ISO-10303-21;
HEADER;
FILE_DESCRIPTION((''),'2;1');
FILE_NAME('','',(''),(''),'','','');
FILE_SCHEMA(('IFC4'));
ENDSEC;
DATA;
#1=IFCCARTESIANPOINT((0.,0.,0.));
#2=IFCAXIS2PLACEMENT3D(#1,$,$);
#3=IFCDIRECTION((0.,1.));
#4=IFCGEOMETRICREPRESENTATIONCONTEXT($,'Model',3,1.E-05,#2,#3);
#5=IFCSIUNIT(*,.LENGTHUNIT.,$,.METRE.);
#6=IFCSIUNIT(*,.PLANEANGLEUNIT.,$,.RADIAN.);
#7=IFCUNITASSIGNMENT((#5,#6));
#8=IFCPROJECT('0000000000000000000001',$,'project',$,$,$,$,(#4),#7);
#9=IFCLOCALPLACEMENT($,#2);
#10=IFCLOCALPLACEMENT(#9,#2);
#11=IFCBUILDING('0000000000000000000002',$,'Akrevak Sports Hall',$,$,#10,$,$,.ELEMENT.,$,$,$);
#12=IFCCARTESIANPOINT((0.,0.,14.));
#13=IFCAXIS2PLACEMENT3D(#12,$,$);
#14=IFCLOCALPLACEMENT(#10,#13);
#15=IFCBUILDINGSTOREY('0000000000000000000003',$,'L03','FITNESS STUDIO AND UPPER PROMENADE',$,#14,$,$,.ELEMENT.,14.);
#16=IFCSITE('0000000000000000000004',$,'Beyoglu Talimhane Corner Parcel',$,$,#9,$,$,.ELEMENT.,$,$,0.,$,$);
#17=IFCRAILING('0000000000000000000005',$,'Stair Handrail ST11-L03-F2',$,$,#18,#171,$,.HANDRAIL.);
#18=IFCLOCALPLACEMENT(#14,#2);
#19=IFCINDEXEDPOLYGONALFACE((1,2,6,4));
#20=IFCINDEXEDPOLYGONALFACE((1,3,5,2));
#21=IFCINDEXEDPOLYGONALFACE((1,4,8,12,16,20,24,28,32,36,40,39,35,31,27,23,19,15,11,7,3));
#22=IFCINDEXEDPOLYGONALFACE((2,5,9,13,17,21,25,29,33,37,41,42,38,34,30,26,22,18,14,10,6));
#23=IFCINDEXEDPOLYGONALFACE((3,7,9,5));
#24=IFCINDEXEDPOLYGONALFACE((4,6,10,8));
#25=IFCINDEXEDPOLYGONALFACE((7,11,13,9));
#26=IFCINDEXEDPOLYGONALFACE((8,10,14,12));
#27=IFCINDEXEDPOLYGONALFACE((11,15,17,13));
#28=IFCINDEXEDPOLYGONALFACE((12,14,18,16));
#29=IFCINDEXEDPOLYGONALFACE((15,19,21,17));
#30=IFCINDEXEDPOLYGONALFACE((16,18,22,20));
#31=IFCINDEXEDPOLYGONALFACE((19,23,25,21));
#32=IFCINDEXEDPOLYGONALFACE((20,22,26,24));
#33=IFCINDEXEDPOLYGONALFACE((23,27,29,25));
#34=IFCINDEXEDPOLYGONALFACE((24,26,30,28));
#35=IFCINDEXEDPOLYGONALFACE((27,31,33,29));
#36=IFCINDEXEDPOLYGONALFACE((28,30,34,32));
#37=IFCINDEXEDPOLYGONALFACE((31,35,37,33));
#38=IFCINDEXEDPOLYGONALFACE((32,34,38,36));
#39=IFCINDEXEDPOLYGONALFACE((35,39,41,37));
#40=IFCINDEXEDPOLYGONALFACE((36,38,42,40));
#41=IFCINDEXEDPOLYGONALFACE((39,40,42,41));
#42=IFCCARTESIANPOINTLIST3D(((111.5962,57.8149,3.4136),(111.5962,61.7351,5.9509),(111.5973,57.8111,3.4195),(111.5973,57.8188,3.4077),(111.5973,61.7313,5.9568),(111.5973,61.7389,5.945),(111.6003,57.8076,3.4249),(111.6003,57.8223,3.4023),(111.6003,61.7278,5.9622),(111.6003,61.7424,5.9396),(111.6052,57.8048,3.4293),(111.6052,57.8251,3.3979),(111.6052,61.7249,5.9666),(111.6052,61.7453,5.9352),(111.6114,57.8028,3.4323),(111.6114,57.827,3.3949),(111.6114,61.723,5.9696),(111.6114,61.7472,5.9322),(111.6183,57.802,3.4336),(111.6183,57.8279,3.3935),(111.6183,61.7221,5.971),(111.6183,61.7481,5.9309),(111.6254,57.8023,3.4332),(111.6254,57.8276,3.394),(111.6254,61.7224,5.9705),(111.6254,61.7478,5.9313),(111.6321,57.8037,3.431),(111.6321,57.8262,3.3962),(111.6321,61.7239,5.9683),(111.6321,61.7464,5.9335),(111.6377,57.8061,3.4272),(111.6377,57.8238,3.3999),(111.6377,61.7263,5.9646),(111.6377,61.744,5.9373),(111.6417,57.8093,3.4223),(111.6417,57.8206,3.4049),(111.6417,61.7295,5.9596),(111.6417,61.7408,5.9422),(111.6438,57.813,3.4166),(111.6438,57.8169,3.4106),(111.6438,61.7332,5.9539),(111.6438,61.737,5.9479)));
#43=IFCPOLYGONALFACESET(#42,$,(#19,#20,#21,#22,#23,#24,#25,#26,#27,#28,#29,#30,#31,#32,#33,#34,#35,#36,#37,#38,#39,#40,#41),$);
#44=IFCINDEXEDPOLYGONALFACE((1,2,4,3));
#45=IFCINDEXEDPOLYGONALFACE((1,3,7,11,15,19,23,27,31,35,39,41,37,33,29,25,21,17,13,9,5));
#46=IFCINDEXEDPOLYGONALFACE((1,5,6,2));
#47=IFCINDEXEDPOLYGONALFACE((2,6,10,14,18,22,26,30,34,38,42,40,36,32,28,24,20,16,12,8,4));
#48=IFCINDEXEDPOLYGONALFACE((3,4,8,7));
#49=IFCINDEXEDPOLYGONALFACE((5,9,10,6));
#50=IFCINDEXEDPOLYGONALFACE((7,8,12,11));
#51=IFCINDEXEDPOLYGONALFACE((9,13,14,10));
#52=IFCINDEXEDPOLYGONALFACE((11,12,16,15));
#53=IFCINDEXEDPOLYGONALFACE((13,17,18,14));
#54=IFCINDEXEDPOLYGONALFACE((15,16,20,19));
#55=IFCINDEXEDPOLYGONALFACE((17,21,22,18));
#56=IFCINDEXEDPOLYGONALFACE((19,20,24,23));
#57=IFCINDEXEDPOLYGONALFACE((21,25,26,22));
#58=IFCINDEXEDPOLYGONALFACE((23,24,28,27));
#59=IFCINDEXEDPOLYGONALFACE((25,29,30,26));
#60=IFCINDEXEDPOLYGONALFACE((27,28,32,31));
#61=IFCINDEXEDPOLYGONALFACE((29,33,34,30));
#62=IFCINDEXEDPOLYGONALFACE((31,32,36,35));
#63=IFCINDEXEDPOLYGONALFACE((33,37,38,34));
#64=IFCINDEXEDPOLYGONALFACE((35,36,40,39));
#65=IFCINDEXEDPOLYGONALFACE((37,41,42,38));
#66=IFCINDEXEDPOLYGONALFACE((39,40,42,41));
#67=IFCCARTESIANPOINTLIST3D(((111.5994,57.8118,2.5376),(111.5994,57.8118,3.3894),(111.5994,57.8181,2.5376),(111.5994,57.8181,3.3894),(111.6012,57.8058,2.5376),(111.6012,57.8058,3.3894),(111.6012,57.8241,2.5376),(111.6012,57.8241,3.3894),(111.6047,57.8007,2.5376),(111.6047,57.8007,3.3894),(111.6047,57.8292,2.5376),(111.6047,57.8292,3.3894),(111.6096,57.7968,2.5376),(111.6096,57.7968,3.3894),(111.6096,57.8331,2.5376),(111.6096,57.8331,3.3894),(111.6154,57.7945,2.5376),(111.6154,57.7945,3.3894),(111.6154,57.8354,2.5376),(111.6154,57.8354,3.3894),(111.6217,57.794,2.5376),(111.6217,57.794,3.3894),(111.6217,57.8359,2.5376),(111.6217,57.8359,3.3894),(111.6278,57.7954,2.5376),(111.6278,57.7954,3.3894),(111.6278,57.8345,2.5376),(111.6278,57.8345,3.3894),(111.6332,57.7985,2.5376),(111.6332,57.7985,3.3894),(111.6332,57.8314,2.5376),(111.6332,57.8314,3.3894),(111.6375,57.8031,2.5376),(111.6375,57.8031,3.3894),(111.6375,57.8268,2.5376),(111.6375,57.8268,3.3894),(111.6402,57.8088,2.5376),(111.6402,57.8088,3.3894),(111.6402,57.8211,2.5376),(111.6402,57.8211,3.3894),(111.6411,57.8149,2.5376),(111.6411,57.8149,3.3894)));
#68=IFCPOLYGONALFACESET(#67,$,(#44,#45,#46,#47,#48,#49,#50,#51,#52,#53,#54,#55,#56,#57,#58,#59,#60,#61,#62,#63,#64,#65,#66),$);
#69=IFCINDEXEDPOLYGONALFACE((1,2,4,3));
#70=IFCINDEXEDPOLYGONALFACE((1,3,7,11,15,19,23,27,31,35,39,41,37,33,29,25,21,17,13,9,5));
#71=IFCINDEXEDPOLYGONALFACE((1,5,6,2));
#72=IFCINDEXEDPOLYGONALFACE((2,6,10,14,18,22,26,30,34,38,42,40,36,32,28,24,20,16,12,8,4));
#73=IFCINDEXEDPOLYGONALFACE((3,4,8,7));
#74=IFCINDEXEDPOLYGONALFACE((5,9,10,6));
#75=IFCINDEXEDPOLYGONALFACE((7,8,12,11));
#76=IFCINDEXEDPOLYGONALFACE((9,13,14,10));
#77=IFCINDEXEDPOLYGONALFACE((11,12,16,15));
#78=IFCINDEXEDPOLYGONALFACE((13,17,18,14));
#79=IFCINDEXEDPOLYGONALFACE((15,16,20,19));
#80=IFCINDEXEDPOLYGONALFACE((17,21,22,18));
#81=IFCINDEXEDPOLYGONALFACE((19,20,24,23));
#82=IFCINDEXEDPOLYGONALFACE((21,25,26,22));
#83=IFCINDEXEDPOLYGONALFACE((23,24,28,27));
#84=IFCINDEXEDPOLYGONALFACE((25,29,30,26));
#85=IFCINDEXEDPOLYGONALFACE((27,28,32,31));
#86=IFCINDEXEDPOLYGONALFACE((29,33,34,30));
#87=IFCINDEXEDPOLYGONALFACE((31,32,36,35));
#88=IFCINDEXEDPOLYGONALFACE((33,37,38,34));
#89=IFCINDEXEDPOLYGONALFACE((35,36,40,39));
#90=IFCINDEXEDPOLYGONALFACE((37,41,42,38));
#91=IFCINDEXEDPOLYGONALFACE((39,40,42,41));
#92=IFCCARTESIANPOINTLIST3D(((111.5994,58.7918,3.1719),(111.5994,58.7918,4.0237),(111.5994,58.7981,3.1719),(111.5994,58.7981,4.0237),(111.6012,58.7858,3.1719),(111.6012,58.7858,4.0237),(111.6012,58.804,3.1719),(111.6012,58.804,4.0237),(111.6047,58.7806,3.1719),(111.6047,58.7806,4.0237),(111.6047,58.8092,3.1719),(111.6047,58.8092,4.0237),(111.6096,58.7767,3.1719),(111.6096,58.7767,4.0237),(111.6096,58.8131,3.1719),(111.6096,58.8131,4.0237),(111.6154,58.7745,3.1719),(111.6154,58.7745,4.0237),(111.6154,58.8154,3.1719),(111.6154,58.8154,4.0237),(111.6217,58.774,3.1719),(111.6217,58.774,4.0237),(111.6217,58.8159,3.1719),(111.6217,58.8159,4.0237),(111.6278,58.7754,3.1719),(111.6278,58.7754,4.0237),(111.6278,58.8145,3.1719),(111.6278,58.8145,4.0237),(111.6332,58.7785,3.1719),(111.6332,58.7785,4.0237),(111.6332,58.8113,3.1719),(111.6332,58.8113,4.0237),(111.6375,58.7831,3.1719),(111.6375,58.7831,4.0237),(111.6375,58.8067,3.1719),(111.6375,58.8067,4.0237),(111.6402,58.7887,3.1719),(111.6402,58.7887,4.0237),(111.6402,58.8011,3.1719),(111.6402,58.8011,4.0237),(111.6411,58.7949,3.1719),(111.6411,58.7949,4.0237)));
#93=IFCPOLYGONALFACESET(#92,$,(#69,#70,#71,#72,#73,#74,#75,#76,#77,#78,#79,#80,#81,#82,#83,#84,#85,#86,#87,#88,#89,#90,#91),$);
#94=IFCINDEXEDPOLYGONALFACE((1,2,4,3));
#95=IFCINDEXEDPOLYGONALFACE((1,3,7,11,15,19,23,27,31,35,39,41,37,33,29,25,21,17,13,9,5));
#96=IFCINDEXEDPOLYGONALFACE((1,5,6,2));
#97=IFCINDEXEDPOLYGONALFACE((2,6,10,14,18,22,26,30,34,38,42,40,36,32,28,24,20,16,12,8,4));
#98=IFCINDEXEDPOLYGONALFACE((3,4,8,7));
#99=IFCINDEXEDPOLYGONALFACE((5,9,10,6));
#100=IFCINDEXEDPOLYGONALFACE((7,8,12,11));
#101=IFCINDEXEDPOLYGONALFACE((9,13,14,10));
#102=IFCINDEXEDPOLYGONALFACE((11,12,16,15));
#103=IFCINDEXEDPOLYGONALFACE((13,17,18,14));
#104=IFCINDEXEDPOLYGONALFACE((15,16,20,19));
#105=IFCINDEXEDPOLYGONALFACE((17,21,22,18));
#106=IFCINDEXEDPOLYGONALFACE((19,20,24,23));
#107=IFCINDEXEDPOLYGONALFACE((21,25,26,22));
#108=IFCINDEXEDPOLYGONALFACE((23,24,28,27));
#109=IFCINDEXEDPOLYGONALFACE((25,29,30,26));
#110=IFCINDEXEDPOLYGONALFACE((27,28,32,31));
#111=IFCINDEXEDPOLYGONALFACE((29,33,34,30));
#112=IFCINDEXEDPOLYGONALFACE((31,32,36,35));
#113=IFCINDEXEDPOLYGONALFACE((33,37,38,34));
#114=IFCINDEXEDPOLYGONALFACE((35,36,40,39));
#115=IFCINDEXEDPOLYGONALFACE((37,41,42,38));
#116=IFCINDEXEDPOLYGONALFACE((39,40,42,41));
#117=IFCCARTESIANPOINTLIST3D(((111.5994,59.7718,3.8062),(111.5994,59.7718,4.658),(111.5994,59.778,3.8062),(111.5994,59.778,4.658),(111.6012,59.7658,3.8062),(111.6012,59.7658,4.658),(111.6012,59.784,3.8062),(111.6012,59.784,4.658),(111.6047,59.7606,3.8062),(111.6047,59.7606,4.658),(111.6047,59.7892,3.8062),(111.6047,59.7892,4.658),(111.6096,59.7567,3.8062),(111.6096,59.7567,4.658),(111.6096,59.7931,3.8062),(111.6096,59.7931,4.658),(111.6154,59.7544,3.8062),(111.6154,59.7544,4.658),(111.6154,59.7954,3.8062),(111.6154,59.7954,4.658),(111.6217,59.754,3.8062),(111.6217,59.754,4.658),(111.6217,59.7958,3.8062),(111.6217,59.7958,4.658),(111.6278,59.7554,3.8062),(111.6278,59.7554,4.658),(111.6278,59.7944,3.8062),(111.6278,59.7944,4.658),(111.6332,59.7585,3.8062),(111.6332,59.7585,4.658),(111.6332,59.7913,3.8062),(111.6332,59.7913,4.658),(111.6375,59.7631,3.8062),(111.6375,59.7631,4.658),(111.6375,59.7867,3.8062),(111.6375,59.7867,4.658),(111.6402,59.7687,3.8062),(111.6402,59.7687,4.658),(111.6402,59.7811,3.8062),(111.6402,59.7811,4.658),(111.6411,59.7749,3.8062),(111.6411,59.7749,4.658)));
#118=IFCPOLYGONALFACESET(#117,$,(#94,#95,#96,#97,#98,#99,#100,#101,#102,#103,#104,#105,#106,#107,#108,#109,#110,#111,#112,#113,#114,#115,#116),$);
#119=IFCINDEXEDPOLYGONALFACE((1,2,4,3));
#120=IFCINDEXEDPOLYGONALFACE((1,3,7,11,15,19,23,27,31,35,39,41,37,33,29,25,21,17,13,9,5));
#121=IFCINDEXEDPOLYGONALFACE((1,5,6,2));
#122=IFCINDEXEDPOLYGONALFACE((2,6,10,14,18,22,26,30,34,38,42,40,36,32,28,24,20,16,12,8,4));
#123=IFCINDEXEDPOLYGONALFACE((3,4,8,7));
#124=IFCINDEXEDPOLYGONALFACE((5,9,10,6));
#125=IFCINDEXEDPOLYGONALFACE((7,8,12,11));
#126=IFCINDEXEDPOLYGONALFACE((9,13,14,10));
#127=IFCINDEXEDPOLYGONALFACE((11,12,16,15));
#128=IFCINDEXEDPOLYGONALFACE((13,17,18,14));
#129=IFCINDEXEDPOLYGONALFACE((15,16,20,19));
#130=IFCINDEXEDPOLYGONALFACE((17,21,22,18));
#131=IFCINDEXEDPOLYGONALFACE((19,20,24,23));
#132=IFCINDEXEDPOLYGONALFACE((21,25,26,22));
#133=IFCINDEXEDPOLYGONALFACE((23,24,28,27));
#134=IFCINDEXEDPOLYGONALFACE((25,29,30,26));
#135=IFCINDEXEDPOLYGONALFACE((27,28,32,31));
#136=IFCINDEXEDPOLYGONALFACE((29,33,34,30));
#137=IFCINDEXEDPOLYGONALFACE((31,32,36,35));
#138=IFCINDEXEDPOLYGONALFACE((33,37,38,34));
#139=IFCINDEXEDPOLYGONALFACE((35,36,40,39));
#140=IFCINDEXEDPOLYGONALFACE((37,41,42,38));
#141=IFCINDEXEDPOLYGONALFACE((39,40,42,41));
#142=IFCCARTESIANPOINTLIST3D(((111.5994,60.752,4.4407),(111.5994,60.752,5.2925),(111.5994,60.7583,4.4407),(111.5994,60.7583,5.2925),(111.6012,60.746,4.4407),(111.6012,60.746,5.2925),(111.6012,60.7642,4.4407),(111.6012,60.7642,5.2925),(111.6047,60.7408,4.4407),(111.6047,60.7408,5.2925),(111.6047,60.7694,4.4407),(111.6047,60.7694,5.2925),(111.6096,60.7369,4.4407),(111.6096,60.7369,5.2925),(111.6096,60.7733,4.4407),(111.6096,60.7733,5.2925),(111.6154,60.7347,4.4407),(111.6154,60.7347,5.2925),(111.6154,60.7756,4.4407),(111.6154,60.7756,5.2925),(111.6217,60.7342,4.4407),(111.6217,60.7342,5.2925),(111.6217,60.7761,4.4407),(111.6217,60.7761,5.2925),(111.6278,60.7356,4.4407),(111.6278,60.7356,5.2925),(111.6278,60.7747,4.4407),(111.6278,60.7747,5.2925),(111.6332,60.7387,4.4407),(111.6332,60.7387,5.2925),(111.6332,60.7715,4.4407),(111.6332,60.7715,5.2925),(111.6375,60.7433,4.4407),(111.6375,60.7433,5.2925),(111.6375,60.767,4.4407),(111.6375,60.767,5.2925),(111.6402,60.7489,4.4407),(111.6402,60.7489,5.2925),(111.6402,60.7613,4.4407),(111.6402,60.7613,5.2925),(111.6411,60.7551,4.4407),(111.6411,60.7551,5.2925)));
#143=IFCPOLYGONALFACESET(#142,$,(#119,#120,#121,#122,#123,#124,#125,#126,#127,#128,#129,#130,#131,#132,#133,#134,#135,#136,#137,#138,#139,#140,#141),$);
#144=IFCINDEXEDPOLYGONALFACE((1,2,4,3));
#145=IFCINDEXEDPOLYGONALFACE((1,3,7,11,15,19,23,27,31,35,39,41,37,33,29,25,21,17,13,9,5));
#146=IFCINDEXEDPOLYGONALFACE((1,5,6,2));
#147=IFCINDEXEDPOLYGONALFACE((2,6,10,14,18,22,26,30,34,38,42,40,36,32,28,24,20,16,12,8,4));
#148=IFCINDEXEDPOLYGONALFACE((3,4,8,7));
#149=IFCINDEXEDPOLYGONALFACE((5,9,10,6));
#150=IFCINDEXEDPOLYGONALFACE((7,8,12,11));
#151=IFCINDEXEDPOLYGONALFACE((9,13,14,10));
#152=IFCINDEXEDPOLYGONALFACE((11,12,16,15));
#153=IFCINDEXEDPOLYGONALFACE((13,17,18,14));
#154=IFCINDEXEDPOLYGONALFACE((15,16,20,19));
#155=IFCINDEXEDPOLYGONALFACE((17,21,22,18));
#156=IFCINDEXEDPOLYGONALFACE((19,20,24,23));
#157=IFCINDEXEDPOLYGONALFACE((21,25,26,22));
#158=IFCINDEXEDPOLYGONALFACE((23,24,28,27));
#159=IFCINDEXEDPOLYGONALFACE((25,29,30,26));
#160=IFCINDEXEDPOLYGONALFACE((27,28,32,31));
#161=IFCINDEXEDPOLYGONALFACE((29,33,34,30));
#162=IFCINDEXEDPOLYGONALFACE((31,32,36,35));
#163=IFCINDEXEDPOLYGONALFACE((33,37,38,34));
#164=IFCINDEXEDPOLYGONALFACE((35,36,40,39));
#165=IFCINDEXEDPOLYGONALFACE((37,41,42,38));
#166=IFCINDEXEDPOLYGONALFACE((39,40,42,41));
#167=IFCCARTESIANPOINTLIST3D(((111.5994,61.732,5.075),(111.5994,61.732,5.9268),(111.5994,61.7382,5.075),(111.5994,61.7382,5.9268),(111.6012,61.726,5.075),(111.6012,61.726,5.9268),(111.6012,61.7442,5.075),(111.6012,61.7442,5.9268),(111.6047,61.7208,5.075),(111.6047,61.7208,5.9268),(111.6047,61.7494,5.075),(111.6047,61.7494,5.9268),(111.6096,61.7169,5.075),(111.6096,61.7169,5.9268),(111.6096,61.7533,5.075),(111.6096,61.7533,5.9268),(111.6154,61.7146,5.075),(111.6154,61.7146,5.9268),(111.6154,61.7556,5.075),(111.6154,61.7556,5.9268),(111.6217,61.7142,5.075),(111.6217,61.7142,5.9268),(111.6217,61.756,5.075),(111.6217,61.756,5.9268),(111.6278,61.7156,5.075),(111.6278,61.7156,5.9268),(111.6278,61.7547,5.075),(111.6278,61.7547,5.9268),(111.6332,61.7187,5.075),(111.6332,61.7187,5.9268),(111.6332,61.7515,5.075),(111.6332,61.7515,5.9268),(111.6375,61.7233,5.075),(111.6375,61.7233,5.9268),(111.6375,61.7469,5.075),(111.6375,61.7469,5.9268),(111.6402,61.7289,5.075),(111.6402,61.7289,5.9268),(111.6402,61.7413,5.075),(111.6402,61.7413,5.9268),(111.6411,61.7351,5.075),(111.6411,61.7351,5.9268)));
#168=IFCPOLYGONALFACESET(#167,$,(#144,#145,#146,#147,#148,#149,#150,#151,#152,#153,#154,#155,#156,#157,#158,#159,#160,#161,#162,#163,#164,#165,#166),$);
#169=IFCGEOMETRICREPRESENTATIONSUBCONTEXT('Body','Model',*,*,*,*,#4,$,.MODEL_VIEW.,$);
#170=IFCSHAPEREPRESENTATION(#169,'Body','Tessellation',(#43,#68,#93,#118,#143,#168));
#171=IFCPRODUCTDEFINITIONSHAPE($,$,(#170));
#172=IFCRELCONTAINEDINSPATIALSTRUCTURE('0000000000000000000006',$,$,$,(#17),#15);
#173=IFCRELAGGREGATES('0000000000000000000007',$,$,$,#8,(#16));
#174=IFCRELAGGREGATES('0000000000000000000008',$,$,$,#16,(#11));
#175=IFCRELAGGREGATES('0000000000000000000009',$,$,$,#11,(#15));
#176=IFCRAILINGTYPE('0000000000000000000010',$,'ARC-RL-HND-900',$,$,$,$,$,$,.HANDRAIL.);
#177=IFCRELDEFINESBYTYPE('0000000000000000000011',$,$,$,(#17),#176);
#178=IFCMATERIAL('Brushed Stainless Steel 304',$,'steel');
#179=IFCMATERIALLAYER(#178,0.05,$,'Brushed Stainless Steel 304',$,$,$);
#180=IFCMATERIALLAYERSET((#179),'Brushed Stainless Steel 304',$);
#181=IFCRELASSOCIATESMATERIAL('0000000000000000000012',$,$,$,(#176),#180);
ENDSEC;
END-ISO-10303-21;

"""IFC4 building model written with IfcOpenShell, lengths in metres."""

from ifc_helpers import new_model, si_unit, direction, frame, origin, origin_2d, place, context, subcontext, project, spatial, circle, extrude, material, layer, layer_set, type_object, element, save


model = new_model("IFC4")

# Units and contexts
model_context = context("Model", 3, precision=1e-05, world=origin(), true_north=direction((0.0, 1.0)))
body_context = subcontext(model_context, "Body", "Model", "MODEL_VIEW")
ifc_project = project(units=[si_unit("LENGTHUNIT", "METRE"), si_unit("PLANEANGLEUNIT", "RADIAN")], contexts=[model_context])

# Site, building, storey
site_placement = place(None, origin())
site = spatial("IfcSite", under=ifc_project, at=site_placement, Name="Beyoglu Talimhane Corner Parcel", CompositionType="ELEMENT", RefElevation=0.0)
building_placement = place(site_placement, origin())
building = spatial("IfcBuilding", under=site, at=building_placement, Name="Akrevak Sports Hall", CompositionType="ELEMENT")
storey_placement = place(building_placement, frame((0.0, 0.0, 14.0)))
storey = spatial("IfcBuildingStorey", under=building, at=storey_placement, Name="L03", Description="FITNESS STUDIO AND UPPER PROMENADE", CompositionType="ELEMENT", Elevation=14.0)

# Shared definitions
ifc_material_1 = material(Name="Brushed Stainless Steel 304", Category="steel")

# Railing
ifc_layer_1 = layer(ifc_material_1, 0.05, Name="Brushed Stainless Steel 304")
ifc_layer_set_1 = layer_set([ifc_layer_1], Name="Brushed Stainless Steel 304")
railing_type_1 = type_object("IfcRailingType", Name="ARC-RL-HND-900", PredefinedType="HANDRAIL", material=ifc_layer_set_1)
for number, where, name in (
    (1, (111.6201, 57.8149, 2.5376), "Stair Handrail ST11-L03-F2"),
):
    element("IfcRailing", number, at=place(storey_placement, frame(where)), inside=storey, type_object=railing_type_1, Name=name, PredefinedType="HANDRAIL", context=body_context, shape_type="SweptSolid", body=[
        extrude(circle(Radius=0.0239, at=origin_2d()), frame((0.0, 0.0, 0.876), z_axis=(0.0, 0.839494, 0.543368), x_axis=(-1.0, 0.0, 0.0)), (0.0, 0.0, 1.0), 4.6697),
        extrude(circle(Radius=0.021, at=origin_2d()), origin(), (0.0, 0.0, 1.0), 0.8518),
        extrude(circle(Radius=0.021, at=origin_2d()), frame((0.0, 0.98, 0.6343)), (0.0, 0.0, 1.0), 0.8518),
        extrude(circle(Radius=0.021, at=origin_2d()), frame((0.0, 1.96, 1.2686)), (0.0, 0.0, 1.0), 0.8518),
        extrude(circle(Radius=0.021, at=origin_2d()), frame((0.0, 2.9402, 1.9031)), (0.0, 0.0, 1.0), 0.8518),
        extrude(circle(Radius=0.021, at=origin_2d()), frame((0.0, 3.9202, 2.5374)), (0.0, 0.0, 1.0), 0.8518),
    ])

save(model, "model.ifc")
